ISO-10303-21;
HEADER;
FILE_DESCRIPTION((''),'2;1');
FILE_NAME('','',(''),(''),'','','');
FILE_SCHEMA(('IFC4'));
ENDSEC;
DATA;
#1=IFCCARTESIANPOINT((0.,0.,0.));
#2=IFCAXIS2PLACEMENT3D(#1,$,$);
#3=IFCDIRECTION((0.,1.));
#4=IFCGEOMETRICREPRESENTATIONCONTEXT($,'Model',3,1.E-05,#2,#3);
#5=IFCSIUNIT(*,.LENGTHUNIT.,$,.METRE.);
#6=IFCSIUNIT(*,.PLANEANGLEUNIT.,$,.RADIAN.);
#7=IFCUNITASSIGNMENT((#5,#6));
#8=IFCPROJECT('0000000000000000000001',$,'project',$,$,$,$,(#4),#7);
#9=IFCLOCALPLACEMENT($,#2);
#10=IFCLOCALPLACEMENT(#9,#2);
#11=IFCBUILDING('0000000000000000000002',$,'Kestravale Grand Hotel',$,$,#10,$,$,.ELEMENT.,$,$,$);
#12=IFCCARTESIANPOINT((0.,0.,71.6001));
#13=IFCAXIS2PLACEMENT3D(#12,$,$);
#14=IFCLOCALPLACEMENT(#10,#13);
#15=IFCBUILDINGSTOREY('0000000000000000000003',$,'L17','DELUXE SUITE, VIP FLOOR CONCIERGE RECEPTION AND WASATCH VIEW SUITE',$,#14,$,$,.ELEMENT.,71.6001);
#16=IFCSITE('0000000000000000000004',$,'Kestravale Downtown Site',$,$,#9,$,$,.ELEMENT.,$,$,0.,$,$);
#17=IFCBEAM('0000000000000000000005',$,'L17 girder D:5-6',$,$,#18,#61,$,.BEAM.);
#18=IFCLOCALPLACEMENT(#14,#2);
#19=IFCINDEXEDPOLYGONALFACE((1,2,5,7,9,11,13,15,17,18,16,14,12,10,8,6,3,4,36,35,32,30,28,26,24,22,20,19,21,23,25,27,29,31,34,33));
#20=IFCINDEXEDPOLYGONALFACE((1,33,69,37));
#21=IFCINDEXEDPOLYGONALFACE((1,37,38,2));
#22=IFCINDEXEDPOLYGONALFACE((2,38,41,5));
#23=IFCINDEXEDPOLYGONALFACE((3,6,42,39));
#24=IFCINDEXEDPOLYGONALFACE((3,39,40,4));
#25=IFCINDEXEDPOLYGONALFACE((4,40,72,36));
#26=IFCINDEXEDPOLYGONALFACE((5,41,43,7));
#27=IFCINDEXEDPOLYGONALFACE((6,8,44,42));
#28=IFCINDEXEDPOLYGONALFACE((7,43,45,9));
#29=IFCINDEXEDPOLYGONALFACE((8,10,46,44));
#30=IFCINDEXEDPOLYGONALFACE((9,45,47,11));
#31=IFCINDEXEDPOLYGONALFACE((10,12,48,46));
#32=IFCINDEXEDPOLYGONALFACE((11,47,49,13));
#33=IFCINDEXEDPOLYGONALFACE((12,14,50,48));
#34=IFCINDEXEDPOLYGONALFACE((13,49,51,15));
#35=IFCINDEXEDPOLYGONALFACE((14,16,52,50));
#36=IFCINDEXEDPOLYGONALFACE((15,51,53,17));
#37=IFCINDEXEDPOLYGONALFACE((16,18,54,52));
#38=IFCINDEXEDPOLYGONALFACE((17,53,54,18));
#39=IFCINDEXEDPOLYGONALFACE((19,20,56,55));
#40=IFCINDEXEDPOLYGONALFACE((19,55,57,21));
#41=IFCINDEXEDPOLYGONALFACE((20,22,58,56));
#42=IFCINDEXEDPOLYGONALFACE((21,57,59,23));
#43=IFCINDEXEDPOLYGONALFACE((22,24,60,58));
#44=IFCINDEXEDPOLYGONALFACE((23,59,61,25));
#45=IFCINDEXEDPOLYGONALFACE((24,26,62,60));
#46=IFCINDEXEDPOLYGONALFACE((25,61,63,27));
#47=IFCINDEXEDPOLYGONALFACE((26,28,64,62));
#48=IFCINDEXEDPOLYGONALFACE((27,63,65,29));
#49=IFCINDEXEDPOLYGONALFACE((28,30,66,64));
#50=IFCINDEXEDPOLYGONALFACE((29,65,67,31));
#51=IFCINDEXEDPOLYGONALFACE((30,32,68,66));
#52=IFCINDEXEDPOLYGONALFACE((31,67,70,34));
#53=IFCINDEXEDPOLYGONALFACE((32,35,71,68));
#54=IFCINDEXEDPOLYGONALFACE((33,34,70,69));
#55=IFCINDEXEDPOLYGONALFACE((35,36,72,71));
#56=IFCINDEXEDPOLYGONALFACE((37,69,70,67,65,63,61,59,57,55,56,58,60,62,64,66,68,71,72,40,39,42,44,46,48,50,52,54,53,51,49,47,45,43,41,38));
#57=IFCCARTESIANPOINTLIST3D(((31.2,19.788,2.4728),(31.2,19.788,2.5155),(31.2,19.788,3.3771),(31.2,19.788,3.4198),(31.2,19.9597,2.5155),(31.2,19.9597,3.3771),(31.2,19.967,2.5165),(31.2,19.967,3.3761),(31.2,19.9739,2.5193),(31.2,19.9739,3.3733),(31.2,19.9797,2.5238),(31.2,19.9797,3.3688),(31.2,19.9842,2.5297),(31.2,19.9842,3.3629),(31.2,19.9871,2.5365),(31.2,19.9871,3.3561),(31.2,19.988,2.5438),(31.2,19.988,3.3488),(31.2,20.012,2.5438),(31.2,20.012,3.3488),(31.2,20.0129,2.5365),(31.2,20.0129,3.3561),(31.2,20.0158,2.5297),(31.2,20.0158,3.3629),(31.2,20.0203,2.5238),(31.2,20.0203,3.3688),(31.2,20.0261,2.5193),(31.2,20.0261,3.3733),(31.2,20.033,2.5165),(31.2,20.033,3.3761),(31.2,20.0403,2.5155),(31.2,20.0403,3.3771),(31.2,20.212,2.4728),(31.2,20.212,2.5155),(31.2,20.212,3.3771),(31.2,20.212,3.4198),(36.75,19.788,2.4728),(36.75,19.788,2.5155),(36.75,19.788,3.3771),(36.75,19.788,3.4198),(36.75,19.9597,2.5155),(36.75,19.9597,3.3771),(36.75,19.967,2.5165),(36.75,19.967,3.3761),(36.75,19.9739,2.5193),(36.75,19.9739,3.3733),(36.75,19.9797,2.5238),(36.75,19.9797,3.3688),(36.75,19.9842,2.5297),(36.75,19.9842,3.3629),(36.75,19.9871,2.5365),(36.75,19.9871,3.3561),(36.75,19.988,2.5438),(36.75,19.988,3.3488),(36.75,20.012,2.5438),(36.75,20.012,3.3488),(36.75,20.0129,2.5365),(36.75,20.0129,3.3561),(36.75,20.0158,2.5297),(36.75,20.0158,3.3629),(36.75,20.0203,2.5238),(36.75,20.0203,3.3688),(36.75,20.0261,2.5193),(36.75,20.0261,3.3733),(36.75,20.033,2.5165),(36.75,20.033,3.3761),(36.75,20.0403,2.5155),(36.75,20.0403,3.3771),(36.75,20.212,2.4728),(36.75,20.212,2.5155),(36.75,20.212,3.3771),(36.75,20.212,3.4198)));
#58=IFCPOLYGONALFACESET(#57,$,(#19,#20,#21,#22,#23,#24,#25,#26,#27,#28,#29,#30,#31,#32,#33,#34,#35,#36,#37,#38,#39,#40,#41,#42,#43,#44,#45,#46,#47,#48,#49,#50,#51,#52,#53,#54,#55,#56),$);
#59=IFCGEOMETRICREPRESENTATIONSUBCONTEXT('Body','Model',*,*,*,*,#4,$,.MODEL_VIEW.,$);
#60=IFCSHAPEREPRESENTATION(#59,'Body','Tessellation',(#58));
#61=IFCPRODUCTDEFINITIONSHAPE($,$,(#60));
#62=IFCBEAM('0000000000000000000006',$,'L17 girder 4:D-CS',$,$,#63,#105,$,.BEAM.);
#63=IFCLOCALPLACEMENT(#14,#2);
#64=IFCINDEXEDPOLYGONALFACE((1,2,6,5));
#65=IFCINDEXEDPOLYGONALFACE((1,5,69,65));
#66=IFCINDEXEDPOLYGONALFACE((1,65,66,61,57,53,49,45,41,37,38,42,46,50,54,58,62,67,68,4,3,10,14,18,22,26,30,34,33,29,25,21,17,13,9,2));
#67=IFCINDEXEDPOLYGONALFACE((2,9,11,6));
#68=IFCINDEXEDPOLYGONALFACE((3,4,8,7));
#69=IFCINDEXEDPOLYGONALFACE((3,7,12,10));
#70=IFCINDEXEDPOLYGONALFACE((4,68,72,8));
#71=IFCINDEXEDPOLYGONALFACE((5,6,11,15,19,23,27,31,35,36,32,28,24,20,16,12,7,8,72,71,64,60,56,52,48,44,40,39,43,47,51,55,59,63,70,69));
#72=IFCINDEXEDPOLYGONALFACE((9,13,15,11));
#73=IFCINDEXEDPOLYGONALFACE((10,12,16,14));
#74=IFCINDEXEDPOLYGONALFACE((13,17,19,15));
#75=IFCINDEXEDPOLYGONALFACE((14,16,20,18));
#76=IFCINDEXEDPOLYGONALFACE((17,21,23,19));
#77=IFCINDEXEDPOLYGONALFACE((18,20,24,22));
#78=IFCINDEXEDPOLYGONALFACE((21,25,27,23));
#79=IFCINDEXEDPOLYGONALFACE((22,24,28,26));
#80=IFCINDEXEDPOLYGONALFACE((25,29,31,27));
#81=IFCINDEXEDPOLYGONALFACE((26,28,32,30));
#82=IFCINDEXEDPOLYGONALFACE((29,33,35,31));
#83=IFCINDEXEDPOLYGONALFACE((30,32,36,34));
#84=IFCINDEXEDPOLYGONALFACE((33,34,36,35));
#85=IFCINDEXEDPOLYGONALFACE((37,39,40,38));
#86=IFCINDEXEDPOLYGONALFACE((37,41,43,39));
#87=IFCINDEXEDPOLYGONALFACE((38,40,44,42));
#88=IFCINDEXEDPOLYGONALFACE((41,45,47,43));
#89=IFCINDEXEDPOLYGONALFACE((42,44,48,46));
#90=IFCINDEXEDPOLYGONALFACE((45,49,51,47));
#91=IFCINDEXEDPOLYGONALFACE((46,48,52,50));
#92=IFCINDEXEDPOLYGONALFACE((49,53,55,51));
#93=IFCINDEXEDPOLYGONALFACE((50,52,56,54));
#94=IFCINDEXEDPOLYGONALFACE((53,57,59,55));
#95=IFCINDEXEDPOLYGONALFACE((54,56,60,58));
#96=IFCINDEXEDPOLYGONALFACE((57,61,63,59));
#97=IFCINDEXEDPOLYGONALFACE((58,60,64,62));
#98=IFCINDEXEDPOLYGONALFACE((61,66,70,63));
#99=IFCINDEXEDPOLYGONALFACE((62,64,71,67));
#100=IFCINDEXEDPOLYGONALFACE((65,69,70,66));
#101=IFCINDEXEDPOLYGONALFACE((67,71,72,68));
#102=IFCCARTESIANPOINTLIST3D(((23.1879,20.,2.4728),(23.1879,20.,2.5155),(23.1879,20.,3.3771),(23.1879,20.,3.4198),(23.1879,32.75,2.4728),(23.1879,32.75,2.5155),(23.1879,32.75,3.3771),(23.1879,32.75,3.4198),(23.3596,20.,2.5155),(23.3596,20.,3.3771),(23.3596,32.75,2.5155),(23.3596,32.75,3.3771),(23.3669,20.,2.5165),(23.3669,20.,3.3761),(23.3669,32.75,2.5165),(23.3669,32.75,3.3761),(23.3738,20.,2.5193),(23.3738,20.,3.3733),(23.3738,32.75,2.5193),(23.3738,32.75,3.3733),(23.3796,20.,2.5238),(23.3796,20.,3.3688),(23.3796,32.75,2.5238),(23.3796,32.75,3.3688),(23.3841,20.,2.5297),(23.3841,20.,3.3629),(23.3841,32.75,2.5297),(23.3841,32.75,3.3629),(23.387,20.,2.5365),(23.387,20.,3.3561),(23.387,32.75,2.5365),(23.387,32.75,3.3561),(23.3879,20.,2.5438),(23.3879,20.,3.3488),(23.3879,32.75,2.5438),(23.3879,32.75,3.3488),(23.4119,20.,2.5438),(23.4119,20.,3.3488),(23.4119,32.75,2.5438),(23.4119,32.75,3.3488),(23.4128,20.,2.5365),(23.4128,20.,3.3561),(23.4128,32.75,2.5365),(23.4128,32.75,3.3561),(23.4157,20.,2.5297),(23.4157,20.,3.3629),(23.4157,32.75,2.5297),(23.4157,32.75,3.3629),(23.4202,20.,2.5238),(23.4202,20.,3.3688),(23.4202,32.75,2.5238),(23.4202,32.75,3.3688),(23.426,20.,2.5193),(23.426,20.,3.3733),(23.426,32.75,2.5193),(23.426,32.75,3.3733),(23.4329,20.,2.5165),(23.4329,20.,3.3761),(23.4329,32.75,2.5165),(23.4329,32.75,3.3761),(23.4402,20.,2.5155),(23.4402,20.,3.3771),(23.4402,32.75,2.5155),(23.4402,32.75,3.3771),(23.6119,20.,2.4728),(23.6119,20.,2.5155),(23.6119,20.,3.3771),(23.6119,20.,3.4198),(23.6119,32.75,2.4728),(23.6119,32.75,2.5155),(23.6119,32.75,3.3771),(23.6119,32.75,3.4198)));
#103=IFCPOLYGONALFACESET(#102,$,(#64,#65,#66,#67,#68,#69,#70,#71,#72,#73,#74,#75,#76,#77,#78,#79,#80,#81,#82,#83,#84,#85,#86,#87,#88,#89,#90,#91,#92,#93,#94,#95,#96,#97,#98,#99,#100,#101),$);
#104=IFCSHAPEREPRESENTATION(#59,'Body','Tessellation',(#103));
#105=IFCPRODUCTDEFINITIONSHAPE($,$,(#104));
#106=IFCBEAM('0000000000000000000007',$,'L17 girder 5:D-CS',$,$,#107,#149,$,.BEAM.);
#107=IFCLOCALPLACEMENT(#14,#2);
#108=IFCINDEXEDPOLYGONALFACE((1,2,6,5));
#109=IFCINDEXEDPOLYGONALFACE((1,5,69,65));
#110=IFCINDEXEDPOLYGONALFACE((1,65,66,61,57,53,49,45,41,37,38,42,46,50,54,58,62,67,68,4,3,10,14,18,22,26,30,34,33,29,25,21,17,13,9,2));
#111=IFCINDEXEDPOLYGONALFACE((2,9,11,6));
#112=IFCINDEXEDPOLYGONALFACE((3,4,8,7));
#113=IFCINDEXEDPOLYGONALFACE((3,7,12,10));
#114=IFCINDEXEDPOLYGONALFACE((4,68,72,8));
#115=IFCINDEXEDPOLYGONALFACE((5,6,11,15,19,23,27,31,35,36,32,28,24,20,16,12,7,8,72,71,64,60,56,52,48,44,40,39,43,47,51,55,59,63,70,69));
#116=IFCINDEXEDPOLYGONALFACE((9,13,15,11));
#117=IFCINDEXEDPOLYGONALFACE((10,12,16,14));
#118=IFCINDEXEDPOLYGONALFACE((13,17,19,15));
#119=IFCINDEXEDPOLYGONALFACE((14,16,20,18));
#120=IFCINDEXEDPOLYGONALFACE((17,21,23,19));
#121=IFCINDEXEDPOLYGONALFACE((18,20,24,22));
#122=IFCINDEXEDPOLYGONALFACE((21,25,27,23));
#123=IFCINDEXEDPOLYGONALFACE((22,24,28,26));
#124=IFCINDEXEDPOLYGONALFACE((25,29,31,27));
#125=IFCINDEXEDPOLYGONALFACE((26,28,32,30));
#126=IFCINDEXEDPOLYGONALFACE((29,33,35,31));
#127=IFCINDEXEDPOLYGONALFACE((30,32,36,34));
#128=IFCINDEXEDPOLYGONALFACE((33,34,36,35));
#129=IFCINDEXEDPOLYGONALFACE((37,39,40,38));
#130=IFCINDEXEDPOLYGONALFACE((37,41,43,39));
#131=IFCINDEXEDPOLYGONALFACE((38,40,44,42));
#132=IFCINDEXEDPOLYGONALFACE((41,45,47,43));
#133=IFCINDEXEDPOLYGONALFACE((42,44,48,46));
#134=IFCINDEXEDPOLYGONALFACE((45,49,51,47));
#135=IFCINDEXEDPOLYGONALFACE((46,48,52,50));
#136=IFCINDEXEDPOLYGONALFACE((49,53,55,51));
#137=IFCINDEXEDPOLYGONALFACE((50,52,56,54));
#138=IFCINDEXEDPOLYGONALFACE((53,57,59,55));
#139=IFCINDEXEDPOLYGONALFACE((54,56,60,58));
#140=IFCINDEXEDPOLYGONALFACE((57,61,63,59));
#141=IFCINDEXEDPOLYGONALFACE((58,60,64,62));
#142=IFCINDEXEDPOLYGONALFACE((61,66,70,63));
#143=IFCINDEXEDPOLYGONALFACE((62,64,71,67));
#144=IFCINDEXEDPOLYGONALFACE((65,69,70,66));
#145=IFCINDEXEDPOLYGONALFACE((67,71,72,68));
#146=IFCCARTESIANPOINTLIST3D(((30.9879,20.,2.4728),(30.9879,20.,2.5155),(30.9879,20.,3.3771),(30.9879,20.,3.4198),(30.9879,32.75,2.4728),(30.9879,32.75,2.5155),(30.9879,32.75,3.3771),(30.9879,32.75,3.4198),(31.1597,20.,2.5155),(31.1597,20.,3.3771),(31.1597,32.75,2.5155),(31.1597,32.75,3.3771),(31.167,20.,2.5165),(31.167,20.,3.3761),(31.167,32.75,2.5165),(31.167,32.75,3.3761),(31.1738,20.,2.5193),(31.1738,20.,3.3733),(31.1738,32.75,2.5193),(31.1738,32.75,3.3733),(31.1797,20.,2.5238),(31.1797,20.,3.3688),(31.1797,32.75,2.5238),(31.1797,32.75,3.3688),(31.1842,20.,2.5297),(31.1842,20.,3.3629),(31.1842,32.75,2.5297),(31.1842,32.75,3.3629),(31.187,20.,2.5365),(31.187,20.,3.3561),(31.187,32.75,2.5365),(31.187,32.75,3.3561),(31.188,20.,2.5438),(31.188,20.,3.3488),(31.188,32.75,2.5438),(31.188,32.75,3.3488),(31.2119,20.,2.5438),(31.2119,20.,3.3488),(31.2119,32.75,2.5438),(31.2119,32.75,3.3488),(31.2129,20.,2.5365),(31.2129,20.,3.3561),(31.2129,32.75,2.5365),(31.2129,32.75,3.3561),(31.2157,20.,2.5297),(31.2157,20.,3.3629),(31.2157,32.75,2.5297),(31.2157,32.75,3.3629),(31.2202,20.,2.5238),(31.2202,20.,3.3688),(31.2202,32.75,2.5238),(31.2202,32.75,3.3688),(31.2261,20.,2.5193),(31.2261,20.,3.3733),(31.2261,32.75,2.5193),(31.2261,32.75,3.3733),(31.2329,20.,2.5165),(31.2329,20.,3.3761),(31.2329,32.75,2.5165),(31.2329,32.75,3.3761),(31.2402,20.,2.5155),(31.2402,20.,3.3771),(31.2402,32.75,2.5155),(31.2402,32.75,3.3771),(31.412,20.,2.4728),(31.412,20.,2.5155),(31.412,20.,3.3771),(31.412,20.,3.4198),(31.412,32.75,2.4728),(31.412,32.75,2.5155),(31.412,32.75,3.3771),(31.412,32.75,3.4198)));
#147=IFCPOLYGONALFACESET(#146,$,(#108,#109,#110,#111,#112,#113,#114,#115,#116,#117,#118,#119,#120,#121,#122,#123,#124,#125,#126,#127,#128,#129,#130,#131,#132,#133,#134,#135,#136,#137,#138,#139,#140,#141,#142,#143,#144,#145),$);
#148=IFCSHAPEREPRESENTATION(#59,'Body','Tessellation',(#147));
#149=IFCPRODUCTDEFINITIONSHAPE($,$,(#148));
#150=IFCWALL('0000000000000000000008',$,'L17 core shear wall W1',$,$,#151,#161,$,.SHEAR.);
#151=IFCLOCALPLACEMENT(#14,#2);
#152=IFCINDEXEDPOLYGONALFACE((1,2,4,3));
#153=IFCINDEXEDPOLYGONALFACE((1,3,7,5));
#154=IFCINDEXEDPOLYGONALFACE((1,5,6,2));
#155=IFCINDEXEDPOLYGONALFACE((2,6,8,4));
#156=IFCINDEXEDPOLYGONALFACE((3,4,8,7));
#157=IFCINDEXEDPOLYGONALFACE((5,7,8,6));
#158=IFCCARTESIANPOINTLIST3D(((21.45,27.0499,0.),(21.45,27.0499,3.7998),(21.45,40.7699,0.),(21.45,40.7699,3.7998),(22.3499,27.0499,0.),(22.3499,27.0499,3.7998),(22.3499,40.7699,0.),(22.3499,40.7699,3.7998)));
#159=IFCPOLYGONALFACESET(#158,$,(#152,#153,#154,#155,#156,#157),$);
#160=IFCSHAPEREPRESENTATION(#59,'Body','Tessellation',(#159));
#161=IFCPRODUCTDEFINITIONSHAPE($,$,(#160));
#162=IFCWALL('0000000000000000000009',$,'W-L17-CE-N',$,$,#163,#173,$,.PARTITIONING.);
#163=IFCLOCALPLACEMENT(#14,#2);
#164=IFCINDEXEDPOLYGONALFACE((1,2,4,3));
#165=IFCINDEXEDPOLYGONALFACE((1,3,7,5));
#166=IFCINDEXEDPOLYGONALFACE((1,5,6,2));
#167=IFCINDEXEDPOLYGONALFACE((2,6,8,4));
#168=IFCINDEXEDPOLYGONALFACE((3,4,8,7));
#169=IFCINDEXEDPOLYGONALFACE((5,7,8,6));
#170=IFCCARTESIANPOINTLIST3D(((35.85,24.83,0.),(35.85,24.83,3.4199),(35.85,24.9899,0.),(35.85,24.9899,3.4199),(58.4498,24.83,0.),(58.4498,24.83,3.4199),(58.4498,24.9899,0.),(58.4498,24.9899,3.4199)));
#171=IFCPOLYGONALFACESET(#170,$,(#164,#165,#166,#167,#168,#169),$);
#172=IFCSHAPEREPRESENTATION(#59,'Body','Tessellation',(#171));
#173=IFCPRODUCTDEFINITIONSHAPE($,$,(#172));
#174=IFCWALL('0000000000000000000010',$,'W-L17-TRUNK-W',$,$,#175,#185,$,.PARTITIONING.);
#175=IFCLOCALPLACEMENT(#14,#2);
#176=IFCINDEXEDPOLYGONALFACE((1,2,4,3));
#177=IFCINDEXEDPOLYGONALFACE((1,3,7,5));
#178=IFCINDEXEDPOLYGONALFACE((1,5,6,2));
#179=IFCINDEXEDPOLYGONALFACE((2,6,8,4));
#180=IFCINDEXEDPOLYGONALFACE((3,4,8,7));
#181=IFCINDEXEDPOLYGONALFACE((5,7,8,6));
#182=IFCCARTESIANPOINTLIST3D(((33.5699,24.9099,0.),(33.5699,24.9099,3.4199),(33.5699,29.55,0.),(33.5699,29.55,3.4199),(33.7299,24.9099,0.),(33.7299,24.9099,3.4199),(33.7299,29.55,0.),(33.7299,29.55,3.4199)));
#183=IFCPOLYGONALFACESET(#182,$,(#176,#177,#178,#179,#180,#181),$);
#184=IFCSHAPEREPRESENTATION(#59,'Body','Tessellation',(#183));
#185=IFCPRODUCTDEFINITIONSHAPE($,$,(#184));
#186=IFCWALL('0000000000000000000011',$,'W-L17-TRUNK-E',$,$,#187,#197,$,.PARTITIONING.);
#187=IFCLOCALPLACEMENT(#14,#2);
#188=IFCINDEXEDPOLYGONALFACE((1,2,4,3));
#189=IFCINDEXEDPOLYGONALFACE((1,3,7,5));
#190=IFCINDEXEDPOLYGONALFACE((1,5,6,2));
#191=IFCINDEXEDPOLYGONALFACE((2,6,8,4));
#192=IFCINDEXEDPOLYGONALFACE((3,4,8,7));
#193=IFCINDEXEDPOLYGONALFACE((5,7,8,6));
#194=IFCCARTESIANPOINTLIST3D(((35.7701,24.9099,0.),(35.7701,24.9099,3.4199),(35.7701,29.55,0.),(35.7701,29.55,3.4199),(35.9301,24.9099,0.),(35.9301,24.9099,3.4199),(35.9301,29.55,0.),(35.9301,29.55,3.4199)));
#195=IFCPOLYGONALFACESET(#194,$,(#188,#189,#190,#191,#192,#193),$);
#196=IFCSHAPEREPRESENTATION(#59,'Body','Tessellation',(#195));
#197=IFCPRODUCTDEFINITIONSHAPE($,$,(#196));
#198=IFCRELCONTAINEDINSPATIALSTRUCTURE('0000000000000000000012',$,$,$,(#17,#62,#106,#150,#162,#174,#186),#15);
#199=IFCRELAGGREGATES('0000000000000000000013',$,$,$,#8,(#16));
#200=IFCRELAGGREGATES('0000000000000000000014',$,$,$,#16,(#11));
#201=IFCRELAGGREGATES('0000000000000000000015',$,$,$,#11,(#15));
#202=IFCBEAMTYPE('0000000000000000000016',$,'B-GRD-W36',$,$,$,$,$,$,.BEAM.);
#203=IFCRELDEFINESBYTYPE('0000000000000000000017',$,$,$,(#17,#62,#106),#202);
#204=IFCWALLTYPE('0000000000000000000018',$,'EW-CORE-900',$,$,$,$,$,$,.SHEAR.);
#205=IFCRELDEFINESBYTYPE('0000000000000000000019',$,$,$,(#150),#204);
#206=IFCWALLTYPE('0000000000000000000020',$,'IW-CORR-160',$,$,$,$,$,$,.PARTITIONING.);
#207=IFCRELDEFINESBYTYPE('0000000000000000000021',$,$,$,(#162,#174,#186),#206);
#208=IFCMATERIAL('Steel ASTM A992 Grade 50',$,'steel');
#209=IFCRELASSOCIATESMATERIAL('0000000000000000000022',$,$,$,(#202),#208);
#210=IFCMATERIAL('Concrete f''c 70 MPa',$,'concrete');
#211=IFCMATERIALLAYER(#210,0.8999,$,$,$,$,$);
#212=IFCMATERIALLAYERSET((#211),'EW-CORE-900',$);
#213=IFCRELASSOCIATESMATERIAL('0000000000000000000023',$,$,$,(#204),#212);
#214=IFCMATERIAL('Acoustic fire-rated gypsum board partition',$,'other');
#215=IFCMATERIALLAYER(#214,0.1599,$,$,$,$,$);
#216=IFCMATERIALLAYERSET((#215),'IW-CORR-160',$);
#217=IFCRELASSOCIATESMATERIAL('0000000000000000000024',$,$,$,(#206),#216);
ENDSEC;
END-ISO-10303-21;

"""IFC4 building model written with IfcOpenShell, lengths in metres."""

from ifc_helpers import new_model, si_unit, direction, frame, frame_2d, origin, origin_2d, place, context, subcontext, project, spatial, rectangle, i_section, extrude, material, layer, layer_set, material_profile, profile_set, type_object, element, save


model = new_model("IFC4")

# Units and contexts
model_context = context("Model", 3, precision=1e-05, world=origin(), true_north=direction((0.0, 1.0)))
body_context = subcontext(model_context, "Body", "Model", "MODEL_VIEW")
ifc_project = project(units=[si_unit("LENGTHUNIT", "METRE"), si_unit("PLANEANGLEUNIT", "RADIAN")], contexts=[model_context])

# Site, building, storey
site_placement = place(None, origin())
site = spatial("IfcSite", under=ifc_project, at=site_placement, Name="Kestravale Downtown Site", CompositionType="ELEMENT", RefElevation=0.0)
building_placement = place(site_placement, origin())
building = spatial("IfcBuilding", under=site, at=building_placement, Name="Kestravale Grand Hotel", CompositionType="ELEMENT")
storey_placement = place(building_placement, frame((0.0, 0.0, 71.6001)))
storey = spatial("IfcBuildingStorey", under=building, at=storey_placement, Name="L17", Description="DELUXE SUITE, VIP FLOOR CONCIERGE RECEPTION AND WASATCH VIEW SUITE", CompositionType="ELEMENT", Elevation=71.6001)

# Beams
ifc_material_1 = material(Name="Steel ASTM A992 Grade 50", Category="steel")
ifc_material_profile_1 = material_profile(ifc_material_1, i_section(OverallWidth=0.4241, OverallDepth=0.947, WebThickness=0.0239, FlangeThickness=0.0427, FilletRadius=0.0283, at=origin_2d()))
ifc_profile_set_1 = profile_set([ifc_material_profile_1], Name="Steel ASTM A992 Grade 50")
beam_type_1 = type_object("IfcBeamType", Name="B-GRD-W36", PredefinedType="BEAM", material=ifc_profile_set_1)
beam_1_placement = place(storey_placement, frame((31.2, 20.0, 2.9463), z_axis=(1.0, 0.0, 0.0), x_axis=(0.0, 1.0, 0.0)))
element("IfcBeam", 1, at=beam_1_placement, inside=storey, type_object=beam_type_1, Name="L17 girder D:5-6", PredefinedType="BEAM", context=body_context, shape_type="SweptSolid", body=[
    extrude(i_section(OverallWidth=0.4241, OverallDepth=0.947, WebThickness=0.0239, FlangeThickness=0.0427, FilletRadius=0.0283, at=origin_2d()), origin(), (0.0, 0.0, 1.0), 5.55),
])
for number, where, z_axis, x_axis, name in (
    (2, (23.3999, 20.0, 2.9463), (0.0, 1.0, 0.0), (-1.0, 0.0, 0.0), "L17 girder 4:D-CS"),
    (3, (31.2, 20.0, 2.9463), (0.0, 1.0, 0.0), (-1.0, 0.0, 0.0), "L17 girder 5:D-CS"),
):
    element("IfcBeam", number, at=place(storey_placement, frame(where, z_axis=z_axis, x_axis=x_axis)), inside=storey, type_object=beam_type_1, Name=name, PredefinedType="BEAM", context=body_context, shape_type="SweptSolid", body=[
        extrude(i_section(OverallWidth=0.4241, OverallDepth=0.947, WebThickness=0.0239, FlangeThickness=0.0427, FilletRadius=0.0283, at=origin_2d()), origin(), (0.0, 0.0, 1.0), 12.75),
    ])

# Walls
ifc_material_2 = material(Name="Concrete f'c 70 MPa", Category="concrete")
ifc_layer_1 = layer(ifc_material_2, 0.8999)
ifc_layer_set_1 = layer_set([ifc_layer_1], Name="EW-CORE-900")
wall_type_1 = type_object("IfcWallType", Name="EW-CORE-900", PredefinedType="SHEAR", material=ifc_layer_set_1)
wall_1_placement = place(storey_placement, frame((21.8999, 27.05, 0.0), z_axis=(0.0, 0.0, 1.0), x_axis=(0.0, 1.0, 0.0)))
element("IfcWall", 4, at=wall_1_placement, inside=storey, type_object=wall_type_1, Name="L17 core shear wall W1", PredefinedType="SHEAR", context=body_context, shape_type="SweptSolid", body=[
    extrude(rectangle(XDim=13.72, YDim=0.8999, at=frame_2d((6.8599, 0.0))), origin(), (0.0, 0.0, 1.0), 3.7998),
])
ifc_material_3 = material(Name="Acoustic fire-rated gypsum board partition", Category="other")
ifc_layer_2 = layer(ifc_material_3, 0.1599)
ifc_layer_set_2 = layer_set([ifc_layer_2], Name="IW-CORR-160")
wall_type_2 = type_object("IfcWallType", Name="IW-CORR-160", PredefinedType="PARTITIONING", material=ifc_layer_set_2)
wall_2_placement = place(storey_placement, frame((35.8501, 24.9099, 0.0), z_axis=(0.0, 0.0, 1.0), x_axis=(1.0, 0.0, 0.0)))
element("IfcWall", 5, at=wall_2_placement, inside=storey, type_object=wall_type_2, Name="W-L17-CE-N", PredefinedType="PARTITIONING", context=body_context, shape_type="SweptSolid", body=[
    extrude(rectangle(XDim=22.5999, YDim=0.1599, at=frame_2d((11.2998, 0.0))), origin(), (0.0, 0.0, 1.0), 3.4199),
])
for number, where, z_axis, x_axis, name in (
    (6, (33.6499, 24.9099, 0.0), (0.0, 0.0, 1.0), (0.0, 1.0, 0.0), "W-L17-TRUNK-W"),
    (7, (35.8501, 24.9099, 0.0), (0.0, 0.0, 1.0), (0.0, 1.0, 0.0), "W-L17-TRUNK-E"),
):
    element("IfcWall", number, at=place(storey_placement, frame(where, z_axis=z_axis, x_axis=x_axis)), inside=storey, type_object=wall_type_2, Name=name, PredefinedType="PARTITIONING", context=body_context, shape_type="SweptSolid", body=[
        extrude(rectangle(XDim=4.6401, YDim=0.1599, at=frame_2d((2.3201, 0.0))), origin(), (0.0, 0.0, 1.0), 3.4199),
    ])

save(model, "model.ifc")
